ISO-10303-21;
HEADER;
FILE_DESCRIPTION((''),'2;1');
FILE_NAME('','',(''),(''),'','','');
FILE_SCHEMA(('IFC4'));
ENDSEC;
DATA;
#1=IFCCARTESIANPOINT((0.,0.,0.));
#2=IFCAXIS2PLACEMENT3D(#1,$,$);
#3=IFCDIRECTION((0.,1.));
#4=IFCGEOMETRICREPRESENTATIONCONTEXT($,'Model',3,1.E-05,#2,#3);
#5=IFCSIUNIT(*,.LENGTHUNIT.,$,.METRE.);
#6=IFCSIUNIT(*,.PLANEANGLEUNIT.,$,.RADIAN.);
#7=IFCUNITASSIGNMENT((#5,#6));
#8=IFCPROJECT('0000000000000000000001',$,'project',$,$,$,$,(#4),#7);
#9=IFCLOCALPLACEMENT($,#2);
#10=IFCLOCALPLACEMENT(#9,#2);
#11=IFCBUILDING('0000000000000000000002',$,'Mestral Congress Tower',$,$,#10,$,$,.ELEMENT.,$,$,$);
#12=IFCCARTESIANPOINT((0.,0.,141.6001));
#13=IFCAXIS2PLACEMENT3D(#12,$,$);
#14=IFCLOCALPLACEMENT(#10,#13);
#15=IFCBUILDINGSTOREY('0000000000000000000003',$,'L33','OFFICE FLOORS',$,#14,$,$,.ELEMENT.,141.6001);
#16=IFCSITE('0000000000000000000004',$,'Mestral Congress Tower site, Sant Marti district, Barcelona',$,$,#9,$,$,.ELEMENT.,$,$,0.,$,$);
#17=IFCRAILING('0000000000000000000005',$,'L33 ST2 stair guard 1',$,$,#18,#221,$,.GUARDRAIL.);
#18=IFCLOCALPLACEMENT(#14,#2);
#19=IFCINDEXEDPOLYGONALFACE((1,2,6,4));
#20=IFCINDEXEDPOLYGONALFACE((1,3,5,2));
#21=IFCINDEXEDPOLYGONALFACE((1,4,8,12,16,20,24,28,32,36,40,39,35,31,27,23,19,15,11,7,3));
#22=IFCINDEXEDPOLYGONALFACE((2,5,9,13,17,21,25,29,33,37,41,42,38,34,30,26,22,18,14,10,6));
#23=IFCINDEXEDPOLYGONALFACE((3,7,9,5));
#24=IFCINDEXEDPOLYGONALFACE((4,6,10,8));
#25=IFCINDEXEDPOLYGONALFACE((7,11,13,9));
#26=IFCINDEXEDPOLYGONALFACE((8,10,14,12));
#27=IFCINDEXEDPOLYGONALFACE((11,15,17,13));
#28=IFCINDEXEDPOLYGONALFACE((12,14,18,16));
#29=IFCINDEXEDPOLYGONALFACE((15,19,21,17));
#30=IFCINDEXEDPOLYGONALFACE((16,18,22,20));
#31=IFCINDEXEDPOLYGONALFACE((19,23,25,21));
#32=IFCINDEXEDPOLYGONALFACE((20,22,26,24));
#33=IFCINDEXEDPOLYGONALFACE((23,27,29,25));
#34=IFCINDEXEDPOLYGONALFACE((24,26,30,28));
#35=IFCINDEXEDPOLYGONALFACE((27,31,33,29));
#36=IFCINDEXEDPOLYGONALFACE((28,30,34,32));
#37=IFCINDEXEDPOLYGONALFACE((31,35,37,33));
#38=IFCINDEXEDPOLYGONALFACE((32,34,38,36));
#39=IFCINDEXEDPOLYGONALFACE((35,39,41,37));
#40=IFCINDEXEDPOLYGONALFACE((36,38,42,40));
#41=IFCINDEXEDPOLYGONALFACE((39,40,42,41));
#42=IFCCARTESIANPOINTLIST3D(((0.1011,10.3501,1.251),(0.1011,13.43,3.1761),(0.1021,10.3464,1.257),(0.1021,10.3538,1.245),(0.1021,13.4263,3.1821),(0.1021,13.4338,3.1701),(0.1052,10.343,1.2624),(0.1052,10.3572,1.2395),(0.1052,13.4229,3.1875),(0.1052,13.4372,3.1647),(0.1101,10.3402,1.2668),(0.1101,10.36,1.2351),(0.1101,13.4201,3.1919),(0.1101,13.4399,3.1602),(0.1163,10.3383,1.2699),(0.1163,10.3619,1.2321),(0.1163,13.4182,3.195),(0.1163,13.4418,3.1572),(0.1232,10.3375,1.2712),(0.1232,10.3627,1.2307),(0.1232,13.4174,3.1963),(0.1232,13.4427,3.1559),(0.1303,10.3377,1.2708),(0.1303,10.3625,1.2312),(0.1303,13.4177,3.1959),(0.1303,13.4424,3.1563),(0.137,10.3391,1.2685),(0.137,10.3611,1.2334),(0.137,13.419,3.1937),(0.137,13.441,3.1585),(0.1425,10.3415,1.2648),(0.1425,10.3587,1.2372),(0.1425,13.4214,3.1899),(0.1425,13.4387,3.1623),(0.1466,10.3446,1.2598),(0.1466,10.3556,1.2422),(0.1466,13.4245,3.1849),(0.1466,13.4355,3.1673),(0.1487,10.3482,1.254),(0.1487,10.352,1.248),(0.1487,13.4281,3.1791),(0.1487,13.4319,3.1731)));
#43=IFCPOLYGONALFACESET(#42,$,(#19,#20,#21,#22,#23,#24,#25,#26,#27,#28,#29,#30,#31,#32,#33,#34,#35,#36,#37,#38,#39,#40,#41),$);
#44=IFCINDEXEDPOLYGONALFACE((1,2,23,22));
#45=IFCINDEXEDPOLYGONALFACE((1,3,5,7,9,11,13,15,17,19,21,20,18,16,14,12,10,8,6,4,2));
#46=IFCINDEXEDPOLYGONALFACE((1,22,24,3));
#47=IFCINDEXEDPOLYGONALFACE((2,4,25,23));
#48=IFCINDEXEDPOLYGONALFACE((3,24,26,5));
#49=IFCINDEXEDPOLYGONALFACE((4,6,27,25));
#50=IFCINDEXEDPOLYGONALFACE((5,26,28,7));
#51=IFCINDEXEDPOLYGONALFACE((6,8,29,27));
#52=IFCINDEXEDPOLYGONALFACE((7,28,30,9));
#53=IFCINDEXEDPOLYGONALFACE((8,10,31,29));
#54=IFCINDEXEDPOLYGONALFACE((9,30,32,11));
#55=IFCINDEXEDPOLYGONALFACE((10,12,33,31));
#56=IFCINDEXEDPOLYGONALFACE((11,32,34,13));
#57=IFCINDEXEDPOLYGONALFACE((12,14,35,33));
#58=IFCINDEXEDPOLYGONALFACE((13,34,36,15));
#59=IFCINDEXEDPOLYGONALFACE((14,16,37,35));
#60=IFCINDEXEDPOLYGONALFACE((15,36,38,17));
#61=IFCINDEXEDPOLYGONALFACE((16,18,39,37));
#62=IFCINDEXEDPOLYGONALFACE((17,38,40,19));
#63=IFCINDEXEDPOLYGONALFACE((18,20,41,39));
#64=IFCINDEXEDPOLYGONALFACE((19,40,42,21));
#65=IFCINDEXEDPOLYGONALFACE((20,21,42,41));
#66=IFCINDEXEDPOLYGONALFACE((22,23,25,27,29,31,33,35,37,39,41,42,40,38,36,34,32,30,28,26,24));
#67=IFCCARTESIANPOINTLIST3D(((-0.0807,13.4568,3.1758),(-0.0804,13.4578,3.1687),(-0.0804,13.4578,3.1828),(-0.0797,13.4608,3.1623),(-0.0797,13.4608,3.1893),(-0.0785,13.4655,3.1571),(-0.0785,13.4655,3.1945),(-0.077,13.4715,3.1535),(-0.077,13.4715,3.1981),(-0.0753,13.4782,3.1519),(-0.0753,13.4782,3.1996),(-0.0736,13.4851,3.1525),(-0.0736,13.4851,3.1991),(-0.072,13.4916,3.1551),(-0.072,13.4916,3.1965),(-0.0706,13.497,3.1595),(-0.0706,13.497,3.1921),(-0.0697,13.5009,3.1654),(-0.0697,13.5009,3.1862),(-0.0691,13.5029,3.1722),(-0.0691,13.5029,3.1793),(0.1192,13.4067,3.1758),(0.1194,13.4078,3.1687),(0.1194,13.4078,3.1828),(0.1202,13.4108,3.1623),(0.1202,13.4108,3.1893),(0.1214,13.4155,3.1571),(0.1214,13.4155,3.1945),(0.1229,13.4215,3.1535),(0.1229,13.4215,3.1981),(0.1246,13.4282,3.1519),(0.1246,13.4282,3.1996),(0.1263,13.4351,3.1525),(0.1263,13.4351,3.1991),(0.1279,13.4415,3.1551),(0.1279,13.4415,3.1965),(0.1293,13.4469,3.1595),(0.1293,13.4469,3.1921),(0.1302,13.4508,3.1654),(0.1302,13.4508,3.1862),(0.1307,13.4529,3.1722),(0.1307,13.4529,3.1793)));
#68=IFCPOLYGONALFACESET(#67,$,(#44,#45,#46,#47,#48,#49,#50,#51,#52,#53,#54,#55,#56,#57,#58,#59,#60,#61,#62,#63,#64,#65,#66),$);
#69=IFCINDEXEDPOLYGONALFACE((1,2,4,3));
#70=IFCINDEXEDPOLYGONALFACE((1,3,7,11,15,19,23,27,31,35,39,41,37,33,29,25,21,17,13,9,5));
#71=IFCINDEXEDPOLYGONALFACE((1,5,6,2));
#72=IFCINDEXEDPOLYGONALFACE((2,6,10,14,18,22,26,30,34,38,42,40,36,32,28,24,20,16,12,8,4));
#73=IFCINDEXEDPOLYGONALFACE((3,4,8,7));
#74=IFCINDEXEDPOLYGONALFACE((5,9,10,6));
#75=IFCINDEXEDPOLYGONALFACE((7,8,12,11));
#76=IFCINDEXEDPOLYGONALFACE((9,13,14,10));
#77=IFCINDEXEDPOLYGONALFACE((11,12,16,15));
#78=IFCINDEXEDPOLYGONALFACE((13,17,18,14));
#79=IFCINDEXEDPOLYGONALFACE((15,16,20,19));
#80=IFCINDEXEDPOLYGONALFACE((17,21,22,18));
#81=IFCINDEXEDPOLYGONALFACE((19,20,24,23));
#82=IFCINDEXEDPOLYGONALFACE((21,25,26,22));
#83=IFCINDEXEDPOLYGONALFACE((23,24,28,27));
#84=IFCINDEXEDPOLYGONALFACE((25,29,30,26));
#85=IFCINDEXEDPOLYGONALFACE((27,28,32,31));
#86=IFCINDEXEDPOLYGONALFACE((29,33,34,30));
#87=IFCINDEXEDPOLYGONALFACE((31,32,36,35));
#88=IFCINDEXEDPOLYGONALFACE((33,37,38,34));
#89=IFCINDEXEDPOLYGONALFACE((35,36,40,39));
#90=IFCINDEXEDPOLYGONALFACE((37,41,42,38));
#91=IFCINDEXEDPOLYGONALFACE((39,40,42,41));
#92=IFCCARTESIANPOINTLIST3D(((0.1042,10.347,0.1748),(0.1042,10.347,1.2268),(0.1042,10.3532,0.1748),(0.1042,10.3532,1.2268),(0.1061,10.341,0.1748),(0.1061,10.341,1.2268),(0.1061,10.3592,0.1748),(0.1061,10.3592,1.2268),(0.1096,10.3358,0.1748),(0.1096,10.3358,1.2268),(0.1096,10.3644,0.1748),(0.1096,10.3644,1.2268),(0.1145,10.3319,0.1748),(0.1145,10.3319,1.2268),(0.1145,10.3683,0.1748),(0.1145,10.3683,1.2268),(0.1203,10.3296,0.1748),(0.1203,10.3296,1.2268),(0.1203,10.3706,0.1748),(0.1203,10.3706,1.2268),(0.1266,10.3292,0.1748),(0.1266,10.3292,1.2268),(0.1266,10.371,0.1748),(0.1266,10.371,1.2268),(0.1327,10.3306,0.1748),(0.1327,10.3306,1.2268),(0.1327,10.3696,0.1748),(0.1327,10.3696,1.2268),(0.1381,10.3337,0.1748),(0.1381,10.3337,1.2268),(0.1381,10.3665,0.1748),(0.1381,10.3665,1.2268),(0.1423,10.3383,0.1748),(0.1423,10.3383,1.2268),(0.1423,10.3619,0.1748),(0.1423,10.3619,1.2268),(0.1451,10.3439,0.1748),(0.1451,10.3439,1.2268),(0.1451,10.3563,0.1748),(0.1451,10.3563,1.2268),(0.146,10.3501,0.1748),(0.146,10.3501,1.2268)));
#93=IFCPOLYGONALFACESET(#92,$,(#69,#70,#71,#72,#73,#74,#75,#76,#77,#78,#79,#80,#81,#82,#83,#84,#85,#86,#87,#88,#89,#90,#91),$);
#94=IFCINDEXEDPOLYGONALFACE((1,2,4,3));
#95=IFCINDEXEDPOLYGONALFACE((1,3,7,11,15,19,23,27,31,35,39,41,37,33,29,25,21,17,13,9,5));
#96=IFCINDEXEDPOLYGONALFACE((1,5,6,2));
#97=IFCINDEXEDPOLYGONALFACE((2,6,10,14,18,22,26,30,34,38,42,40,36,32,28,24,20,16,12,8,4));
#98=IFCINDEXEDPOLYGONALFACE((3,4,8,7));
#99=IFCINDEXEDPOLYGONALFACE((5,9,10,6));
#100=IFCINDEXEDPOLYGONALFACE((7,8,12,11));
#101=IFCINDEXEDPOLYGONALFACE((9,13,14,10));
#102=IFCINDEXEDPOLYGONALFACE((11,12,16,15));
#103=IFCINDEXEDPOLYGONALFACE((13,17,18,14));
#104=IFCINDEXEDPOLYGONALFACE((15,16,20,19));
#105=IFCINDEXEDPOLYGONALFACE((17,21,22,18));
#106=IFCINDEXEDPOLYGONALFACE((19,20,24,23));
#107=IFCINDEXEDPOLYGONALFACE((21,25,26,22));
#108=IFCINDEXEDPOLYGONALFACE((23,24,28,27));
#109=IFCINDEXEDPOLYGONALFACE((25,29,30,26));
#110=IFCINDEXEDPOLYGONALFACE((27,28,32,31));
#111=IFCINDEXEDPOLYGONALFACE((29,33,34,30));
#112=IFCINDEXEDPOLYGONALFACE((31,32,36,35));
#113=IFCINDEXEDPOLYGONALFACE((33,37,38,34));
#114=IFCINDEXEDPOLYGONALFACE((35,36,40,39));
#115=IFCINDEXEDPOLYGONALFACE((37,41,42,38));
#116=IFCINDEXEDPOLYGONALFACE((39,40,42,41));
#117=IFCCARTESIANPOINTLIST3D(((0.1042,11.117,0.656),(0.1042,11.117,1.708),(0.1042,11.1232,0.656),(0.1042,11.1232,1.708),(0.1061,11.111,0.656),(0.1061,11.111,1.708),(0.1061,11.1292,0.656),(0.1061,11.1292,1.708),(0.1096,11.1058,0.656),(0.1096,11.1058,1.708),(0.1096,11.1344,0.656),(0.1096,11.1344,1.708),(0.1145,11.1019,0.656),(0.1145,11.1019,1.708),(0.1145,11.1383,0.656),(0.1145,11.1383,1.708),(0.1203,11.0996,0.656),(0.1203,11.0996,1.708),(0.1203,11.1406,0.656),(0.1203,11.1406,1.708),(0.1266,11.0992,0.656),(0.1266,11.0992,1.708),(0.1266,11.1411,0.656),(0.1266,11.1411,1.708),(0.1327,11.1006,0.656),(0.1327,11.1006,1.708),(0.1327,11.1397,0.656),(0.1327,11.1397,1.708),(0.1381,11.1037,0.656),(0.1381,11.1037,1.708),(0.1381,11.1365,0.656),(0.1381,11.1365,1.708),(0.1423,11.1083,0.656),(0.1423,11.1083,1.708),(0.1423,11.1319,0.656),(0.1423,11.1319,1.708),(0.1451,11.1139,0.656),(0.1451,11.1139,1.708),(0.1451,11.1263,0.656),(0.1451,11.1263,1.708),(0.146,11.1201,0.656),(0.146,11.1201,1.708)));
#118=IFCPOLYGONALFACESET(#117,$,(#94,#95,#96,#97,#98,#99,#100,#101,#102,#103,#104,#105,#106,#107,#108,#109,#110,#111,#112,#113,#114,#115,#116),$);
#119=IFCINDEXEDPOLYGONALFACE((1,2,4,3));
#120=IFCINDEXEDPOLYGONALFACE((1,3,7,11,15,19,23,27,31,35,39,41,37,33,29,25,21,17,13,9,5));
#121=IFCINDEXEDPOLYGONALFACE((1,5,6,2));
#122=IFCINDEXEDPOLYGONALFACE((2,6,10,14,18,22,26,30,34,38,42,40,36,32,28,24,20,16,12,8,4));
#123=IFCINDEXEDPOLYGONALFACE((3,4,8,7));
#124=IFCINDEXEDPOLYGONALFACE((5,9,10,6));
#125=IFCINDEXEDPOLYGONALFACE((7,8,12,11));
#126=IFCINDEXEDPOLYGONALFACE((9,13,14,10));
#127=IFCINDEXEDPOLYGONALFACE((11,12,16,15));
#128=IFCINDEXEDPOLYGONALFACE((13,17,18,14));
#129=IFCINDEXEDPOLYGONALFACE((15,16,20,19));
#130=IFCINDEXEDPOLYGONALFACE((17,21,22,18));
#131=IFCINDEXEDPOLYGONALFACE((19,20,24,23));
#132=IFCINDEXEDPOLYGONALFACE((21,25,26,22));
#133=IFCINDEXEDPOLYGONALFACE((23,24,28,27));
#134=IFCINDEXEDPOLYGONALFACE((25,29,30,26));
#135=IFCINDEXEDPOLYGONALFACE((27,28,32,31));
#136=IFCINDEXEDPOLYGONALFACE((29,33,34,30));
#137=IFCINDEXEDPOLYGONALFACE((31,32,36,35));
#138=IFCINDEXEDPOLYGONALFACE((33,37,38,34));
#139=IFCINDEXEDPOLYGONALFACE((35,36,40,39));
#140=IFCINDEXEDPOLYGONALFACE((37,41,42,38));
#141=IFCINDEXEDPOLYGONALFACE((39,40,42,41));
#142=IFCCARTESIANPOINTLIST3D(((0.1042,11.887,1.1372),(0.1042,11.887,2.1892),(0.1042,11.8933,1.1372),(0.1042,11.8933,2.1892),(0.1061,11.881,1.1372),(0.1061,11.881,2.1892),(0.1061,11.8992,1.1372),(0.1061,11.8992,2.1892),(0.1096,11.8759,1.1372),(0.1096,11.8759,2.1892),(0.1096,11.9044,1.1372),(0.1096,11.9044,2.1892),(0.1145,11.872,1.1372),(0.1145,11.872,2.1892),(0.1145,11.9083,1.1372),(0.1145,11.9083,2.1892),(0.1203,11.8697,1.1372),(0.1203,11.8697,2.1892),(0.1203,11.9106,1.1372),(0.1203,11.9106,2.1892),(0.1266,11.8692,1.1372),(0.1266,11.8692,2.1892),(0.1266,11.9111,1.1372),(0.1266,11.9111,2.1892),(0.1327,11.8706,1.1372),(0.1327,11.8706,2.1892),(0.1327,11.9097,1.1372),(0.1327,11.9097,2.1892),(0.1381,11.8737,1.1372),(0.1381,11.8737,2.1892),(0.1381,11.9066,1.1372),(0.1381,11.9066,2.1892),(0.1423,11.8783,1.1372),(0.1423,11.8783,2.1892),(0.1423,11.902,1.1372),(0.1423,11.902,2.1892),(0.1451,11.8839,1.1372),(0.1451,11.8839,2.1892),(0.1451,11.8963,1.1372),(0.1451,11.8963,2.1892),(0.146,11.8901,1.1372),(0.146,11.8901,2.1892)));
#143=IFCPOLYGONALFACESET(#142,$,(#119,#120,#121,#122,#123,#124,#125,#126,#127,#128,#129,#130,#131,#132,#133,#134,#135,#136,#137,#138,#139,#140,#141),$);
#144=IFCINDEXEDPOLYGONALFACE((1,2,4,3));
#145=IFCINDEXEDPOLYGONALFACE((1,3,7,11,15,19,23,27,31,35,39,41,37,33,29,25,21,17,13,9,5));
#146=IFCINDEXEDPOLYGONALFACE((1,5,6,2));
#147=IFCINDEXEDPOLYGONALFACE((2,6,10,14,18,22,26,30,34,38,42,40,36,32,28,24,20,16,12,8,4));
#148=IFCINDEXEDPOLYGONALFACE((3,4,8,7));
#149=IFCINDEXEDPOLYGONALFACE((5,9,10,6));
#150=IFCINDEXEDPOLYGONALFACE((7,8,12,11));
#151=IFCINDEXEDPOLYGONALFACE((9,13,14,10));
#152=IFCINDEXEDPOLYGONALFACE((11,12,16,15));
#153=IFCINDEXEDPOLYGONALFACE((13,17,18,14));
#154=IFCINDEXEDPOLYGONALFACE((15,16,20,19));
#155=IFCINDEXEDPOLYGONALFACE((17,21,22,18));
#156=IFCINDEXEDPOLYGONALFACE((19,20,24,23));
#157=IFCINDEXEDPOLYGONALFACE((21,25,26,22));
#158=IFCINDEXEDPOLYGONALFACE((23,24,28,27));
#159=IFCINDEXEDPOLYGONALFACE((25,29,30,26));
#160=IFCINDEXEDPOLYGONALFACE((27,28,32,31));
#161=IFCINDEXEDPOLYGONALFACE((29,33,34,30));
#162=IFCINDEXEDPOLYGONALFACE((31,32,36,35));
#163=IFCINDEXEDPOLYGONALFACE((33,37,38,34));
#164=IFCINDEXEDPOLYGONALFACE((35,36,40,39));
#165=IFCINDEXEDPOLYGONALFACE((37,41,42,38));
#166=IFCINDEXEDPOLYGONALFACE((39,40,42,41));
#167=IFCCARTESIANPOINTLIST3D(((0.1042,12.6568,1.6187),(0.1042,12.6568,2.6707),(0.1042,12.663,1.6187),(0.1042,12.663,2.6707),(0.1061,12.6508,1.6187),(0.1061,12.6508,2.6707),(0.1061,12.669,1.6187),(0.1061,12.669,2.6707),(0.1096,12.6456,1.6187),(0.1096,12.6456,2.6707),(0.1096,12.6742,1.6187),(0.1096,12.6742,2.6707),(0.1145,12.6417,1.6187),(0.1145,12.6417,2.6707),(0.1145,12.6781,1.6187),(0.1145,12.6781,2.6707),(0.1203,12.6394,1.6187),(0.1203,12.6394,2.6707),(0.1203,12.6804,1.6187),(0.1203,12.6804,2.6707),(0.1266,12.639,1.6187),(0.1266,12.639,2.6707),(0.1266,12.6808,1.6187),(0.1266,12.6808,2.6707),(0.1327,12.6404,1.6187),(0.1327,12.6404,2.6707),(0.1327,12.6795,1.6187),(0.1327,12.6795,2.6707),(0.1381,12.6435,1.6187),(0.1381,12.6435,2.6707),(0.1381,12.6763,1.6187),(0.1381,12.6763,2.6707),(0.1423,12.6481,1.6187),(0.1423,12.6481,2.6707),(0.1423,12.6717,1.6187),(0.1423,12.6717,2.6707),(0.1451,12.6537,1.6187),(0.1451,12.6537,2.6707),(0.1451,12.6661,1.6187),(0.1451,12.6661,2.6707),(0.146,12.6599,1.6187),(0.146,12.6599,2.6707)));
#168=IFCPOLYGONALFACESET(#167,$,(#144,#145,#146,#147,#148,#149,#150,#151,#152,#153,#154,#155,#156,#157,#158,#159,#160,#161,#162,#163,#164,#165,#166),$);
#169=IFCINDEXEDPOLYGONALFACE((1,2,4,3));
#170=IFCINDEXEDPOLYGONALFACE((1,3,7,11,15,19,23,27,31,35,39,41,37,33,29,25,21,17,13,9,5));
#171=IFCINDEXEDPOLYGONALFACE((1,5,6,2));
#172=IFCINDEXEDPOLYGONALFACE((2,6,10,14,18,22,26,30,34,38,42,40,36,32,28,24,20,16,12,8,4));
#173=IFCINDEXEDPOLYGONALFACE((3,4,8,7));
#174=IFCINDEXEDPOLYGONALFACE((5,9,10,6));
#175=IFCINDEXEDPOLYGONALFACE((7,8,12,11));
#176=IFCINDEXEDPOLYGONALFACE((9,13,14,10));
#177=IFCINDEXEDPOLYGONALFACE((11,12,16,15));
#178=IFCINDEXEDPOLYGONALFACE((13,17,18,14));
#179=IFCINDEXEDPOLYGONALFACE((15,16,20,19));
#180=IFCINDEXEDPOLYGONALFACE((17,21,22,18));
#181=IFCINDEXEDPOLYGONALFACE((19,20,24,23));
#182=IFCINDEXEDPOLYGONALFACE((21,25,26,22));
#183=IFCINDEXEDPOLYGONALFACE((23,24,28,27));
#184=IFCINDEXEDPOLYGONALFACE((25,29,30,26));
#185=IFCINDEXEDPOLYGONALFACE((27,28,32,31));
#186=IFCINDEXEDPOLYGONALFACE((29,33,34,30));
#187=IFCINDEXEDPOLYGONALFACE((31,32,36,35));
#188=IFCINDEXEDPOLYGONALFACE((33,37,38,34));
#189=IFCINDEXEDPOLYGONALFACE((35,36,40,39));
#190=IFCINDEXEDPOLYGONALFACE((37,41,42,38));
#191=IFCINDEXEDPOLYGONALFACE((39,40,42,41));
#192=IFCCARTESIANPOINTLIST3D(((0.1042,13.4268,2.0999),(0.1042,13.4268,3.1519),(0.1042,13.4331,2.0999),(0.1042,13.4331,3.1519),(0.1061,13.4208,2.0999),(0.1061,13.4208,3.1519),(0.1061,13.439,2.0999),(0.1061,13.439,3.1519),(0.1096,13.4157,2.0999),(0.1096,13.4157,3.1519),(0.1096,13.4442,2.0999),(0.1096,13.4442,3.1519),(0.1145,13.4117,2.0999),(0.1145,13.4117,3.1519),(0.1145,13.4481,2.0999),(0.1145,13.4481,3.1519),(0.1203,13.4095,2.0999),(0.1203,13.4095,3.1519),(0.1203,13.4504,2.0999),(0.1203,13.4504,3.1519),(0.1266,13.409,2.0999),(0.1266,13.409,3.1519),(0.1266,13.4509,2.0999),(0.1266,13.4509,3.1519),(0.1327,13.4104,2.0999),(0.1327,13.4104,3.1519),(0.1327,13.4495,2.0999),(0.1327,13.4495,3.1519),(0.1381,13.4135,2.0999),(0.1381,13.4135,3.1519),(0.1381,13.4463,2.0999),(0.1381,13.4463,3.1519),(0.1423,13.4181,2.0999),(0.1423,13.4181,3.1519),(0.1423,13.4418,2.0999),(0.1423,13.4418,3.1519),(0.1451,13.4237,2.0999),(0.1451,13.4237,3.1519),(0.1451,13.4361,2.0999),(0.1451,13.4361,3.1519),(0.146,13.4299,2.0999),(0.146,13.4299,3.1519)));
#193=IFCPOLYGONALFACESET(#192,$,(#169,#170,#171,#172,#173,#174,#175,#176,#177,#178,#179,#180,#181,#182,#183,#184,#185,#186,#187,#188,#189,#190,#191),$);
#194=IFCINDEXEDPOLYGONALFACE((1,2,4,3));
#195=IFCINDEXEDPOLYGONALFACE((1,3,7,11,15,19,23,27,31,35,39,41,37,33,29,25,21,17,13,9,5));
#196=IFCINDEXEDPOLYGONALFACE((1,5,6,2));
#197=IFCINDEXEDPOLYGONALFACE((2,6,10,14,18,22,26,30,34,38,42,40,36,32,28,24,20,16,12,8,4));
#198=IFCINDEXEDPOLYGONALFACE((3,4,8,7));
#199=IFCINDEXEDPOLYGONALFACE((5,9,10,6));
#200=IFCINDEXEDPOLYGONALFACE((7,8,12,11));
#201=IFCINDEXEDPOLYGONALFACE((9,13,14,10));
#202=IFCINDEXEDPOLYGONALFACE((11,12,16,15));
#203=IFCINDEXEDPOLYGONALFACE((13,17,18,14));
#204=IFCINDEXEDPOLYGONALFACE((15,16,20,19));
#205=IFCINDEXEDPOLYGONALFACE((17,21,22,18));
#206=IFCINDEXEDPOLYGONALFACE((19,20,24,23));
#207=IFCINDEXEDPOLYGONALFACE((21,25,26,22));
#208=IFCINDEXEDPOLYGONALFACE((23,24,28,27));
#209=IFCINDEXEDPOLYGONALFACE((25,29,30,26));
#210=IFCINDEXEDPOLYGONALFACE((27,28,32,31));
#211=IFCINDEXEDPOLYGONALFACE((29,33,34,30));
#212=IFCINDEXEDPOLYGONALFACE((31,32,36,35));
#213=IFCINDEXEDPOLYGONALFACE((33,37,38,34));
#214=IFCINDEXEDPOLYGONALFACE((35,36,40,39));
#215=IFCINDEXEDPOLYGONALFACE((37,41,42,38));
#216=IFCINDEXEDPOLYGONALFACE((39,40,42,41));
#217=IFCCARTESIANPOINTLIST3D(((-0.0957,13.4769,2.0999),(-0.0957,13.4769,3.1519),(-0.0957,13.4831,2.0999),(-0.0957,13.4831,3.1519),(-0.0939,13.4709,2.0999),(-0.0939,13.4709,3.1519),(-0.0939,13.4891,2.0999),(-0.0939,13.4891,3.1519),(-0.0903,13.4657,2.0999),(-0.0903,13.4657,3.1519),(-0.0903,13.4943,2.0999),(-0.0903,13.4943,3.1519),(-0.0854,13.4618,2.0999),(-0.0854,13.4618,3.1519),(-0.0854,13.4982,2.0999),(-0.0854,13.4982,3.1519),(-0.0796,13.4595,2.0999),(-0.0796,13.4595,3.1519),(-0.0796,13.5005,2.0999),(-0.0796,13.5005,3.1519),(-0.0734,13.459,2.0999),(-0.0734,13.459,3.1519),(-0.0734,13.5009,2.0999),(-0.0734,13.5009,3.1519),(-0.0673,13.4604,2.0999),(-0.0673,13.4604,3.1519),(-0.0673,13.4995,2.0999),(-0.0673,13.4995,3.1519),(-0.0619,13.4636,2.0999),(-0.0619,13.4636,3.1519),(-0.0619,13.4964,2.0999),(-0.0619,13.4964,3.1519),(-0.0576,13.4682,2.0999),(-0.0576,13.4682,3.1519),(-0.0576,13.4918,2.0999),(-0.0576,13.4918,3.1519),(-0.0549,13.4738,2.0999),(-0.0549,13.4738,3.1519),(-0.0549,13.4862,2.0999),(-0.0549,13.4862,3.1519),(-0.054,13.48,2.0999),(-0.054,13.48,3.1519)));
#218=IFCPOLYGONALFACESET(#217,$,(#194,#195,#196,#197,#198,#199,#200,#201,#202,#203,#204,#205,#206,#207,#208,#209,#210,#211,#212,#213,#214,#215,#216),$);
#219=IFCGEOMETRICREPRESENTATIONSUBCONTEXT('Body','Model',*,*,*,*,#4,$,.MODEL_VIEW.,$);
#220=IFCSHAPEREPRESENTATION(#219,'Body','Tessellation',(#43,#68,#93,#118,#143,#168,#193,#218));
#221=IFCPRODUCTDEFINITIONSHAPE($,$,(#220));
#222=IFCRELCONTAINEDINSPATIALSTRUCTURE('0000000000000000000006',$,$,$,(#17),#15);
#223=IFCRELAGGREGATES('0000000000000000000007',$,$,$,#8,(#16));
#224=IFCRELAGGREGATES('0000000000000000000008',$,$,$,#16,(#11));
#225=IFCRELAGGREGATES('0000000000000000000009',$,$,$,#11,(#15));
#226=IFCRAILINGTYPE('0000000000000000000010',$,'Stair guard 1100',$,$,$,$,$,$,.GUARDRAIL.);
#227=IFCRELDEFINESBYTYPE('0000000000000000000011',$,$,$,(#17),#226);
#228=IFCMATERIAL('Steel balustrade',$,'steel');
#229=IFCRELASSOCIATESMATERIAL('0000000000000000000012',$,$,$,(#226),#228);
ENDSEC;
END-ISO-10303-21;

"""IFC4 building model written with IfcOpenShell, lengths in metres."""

from ifc_helpers import new_model, si_unit, direction, frame, origin, origin_2d, place, context, subcontext, project, spatial, circle, extrude, material, type_object, element, save


model = new_model("IFC4")

# Units and contexts
model_context = context("Model", 3, precision=1e-05, world=origin(), true_north=direction((0.0, 1.0)))
body_context = subcontext(model_context, "Body", "Model", "MODEL_VIEW")
ifc_project = project(units=[si_unit("LENGTHUNIT", "METRE"), si_unit("PLANEANGLEUNIT", "RADIAN")], contexts=[model_context])

# Site, building, storey
site_placement = place(None, origin())
site = spatial("IfcSite", under=ifc_project, at=site_placement, Name="Mestral Congress Tower site, Sant Marti district, Barcelona", CompositionType="ELEMENT", RefElevation=0.0)
building_placement = place(site_placement, origin())
building = spatial("IfcBuilding", under=site, at=building_placement, Name="Mestral Congress Tower", CompositionType="ELEMENT")
storey_placement = place(building_placement, frame((0.0, 0.0, 141.6001)))
storey = spatial("IfcBuildingStorey", under=building, at=storey_placement, Name="L33", Description="OFFICE FLOORS", CompositionType="ELEMENT", Elevation=141.6001)

# Railing
ifc_material_1 = material(Name="Steel balustrade", Category="steel")
railing_type_1 = type_object("IfcRailingType", Name="Stair guard 1100", PredefinedType="GUARDRAIL", material=ifc_material_1)
railing_1_placement = place(storey_placement, frame((0.125, 10.3501, 0.1748)))
element("IfcRailing", 1, at=railing_1_placement, inside=storey, type_object=railing_type_1, Name="L33 ST2 stair guard 1", PredefinedType="GUARDRAIL", context=body_context, shape_type="SweptSolid", body=[
    extrude(circle(Radius=0.0239, at=origin_2d()), frame((0.0, 0.0, 1.0762), z_axis=(0.0, 0.847979, 0.530029), x_axis=(-1.0, 0.0, 0.0)), (0.0, 0.0, 1.0), 3.6321),
    extrude(circle(Radius=0.0239, at=origin_2d()), frame((0.0, 3.0798, 3.001), z_axis=(-0.970073, 0.242814, 0.0), x_axis=(-0.242814, -0.970073, 0.0)), (0.0, 0.0, 1.0), 0.2061),
    extrude(circle(Radius=0.021, at=origin_2d()), origin(), (0.0, 0.0, 1.0), 1.052),
    extrude(circle(Radius=0.021, at=origin_2d()), frame((0.0, 0.77, 0.4812)), (0.0, 0.0, 1.0), 1.052),
    extrude(circle(Radius=0.021, at=origin_2d()), frame((0.0, 1.54, 0.9624)), (0.0, 0.0, 1.0), 1.052),
    extrude(circle(Radius=0.021, at=origin_2d()), frame((0.0, 2.3098, 1.4438)), (0.0, 0.0, 1.0), 1.052),
    extrude(circle(Radius=0.021, at=origin_2d()), frame((0.0, 3.0798, 1.925)), (0.0, 0.0, 1.0), 1.052),
    extrude(circle(Radius=0.021, at=origin_2d()), frame((-0.2, 3.1299, 1.925)), (0.0, 0.0, 1.0), 1.052),
])

save(model, "model.ifc")
